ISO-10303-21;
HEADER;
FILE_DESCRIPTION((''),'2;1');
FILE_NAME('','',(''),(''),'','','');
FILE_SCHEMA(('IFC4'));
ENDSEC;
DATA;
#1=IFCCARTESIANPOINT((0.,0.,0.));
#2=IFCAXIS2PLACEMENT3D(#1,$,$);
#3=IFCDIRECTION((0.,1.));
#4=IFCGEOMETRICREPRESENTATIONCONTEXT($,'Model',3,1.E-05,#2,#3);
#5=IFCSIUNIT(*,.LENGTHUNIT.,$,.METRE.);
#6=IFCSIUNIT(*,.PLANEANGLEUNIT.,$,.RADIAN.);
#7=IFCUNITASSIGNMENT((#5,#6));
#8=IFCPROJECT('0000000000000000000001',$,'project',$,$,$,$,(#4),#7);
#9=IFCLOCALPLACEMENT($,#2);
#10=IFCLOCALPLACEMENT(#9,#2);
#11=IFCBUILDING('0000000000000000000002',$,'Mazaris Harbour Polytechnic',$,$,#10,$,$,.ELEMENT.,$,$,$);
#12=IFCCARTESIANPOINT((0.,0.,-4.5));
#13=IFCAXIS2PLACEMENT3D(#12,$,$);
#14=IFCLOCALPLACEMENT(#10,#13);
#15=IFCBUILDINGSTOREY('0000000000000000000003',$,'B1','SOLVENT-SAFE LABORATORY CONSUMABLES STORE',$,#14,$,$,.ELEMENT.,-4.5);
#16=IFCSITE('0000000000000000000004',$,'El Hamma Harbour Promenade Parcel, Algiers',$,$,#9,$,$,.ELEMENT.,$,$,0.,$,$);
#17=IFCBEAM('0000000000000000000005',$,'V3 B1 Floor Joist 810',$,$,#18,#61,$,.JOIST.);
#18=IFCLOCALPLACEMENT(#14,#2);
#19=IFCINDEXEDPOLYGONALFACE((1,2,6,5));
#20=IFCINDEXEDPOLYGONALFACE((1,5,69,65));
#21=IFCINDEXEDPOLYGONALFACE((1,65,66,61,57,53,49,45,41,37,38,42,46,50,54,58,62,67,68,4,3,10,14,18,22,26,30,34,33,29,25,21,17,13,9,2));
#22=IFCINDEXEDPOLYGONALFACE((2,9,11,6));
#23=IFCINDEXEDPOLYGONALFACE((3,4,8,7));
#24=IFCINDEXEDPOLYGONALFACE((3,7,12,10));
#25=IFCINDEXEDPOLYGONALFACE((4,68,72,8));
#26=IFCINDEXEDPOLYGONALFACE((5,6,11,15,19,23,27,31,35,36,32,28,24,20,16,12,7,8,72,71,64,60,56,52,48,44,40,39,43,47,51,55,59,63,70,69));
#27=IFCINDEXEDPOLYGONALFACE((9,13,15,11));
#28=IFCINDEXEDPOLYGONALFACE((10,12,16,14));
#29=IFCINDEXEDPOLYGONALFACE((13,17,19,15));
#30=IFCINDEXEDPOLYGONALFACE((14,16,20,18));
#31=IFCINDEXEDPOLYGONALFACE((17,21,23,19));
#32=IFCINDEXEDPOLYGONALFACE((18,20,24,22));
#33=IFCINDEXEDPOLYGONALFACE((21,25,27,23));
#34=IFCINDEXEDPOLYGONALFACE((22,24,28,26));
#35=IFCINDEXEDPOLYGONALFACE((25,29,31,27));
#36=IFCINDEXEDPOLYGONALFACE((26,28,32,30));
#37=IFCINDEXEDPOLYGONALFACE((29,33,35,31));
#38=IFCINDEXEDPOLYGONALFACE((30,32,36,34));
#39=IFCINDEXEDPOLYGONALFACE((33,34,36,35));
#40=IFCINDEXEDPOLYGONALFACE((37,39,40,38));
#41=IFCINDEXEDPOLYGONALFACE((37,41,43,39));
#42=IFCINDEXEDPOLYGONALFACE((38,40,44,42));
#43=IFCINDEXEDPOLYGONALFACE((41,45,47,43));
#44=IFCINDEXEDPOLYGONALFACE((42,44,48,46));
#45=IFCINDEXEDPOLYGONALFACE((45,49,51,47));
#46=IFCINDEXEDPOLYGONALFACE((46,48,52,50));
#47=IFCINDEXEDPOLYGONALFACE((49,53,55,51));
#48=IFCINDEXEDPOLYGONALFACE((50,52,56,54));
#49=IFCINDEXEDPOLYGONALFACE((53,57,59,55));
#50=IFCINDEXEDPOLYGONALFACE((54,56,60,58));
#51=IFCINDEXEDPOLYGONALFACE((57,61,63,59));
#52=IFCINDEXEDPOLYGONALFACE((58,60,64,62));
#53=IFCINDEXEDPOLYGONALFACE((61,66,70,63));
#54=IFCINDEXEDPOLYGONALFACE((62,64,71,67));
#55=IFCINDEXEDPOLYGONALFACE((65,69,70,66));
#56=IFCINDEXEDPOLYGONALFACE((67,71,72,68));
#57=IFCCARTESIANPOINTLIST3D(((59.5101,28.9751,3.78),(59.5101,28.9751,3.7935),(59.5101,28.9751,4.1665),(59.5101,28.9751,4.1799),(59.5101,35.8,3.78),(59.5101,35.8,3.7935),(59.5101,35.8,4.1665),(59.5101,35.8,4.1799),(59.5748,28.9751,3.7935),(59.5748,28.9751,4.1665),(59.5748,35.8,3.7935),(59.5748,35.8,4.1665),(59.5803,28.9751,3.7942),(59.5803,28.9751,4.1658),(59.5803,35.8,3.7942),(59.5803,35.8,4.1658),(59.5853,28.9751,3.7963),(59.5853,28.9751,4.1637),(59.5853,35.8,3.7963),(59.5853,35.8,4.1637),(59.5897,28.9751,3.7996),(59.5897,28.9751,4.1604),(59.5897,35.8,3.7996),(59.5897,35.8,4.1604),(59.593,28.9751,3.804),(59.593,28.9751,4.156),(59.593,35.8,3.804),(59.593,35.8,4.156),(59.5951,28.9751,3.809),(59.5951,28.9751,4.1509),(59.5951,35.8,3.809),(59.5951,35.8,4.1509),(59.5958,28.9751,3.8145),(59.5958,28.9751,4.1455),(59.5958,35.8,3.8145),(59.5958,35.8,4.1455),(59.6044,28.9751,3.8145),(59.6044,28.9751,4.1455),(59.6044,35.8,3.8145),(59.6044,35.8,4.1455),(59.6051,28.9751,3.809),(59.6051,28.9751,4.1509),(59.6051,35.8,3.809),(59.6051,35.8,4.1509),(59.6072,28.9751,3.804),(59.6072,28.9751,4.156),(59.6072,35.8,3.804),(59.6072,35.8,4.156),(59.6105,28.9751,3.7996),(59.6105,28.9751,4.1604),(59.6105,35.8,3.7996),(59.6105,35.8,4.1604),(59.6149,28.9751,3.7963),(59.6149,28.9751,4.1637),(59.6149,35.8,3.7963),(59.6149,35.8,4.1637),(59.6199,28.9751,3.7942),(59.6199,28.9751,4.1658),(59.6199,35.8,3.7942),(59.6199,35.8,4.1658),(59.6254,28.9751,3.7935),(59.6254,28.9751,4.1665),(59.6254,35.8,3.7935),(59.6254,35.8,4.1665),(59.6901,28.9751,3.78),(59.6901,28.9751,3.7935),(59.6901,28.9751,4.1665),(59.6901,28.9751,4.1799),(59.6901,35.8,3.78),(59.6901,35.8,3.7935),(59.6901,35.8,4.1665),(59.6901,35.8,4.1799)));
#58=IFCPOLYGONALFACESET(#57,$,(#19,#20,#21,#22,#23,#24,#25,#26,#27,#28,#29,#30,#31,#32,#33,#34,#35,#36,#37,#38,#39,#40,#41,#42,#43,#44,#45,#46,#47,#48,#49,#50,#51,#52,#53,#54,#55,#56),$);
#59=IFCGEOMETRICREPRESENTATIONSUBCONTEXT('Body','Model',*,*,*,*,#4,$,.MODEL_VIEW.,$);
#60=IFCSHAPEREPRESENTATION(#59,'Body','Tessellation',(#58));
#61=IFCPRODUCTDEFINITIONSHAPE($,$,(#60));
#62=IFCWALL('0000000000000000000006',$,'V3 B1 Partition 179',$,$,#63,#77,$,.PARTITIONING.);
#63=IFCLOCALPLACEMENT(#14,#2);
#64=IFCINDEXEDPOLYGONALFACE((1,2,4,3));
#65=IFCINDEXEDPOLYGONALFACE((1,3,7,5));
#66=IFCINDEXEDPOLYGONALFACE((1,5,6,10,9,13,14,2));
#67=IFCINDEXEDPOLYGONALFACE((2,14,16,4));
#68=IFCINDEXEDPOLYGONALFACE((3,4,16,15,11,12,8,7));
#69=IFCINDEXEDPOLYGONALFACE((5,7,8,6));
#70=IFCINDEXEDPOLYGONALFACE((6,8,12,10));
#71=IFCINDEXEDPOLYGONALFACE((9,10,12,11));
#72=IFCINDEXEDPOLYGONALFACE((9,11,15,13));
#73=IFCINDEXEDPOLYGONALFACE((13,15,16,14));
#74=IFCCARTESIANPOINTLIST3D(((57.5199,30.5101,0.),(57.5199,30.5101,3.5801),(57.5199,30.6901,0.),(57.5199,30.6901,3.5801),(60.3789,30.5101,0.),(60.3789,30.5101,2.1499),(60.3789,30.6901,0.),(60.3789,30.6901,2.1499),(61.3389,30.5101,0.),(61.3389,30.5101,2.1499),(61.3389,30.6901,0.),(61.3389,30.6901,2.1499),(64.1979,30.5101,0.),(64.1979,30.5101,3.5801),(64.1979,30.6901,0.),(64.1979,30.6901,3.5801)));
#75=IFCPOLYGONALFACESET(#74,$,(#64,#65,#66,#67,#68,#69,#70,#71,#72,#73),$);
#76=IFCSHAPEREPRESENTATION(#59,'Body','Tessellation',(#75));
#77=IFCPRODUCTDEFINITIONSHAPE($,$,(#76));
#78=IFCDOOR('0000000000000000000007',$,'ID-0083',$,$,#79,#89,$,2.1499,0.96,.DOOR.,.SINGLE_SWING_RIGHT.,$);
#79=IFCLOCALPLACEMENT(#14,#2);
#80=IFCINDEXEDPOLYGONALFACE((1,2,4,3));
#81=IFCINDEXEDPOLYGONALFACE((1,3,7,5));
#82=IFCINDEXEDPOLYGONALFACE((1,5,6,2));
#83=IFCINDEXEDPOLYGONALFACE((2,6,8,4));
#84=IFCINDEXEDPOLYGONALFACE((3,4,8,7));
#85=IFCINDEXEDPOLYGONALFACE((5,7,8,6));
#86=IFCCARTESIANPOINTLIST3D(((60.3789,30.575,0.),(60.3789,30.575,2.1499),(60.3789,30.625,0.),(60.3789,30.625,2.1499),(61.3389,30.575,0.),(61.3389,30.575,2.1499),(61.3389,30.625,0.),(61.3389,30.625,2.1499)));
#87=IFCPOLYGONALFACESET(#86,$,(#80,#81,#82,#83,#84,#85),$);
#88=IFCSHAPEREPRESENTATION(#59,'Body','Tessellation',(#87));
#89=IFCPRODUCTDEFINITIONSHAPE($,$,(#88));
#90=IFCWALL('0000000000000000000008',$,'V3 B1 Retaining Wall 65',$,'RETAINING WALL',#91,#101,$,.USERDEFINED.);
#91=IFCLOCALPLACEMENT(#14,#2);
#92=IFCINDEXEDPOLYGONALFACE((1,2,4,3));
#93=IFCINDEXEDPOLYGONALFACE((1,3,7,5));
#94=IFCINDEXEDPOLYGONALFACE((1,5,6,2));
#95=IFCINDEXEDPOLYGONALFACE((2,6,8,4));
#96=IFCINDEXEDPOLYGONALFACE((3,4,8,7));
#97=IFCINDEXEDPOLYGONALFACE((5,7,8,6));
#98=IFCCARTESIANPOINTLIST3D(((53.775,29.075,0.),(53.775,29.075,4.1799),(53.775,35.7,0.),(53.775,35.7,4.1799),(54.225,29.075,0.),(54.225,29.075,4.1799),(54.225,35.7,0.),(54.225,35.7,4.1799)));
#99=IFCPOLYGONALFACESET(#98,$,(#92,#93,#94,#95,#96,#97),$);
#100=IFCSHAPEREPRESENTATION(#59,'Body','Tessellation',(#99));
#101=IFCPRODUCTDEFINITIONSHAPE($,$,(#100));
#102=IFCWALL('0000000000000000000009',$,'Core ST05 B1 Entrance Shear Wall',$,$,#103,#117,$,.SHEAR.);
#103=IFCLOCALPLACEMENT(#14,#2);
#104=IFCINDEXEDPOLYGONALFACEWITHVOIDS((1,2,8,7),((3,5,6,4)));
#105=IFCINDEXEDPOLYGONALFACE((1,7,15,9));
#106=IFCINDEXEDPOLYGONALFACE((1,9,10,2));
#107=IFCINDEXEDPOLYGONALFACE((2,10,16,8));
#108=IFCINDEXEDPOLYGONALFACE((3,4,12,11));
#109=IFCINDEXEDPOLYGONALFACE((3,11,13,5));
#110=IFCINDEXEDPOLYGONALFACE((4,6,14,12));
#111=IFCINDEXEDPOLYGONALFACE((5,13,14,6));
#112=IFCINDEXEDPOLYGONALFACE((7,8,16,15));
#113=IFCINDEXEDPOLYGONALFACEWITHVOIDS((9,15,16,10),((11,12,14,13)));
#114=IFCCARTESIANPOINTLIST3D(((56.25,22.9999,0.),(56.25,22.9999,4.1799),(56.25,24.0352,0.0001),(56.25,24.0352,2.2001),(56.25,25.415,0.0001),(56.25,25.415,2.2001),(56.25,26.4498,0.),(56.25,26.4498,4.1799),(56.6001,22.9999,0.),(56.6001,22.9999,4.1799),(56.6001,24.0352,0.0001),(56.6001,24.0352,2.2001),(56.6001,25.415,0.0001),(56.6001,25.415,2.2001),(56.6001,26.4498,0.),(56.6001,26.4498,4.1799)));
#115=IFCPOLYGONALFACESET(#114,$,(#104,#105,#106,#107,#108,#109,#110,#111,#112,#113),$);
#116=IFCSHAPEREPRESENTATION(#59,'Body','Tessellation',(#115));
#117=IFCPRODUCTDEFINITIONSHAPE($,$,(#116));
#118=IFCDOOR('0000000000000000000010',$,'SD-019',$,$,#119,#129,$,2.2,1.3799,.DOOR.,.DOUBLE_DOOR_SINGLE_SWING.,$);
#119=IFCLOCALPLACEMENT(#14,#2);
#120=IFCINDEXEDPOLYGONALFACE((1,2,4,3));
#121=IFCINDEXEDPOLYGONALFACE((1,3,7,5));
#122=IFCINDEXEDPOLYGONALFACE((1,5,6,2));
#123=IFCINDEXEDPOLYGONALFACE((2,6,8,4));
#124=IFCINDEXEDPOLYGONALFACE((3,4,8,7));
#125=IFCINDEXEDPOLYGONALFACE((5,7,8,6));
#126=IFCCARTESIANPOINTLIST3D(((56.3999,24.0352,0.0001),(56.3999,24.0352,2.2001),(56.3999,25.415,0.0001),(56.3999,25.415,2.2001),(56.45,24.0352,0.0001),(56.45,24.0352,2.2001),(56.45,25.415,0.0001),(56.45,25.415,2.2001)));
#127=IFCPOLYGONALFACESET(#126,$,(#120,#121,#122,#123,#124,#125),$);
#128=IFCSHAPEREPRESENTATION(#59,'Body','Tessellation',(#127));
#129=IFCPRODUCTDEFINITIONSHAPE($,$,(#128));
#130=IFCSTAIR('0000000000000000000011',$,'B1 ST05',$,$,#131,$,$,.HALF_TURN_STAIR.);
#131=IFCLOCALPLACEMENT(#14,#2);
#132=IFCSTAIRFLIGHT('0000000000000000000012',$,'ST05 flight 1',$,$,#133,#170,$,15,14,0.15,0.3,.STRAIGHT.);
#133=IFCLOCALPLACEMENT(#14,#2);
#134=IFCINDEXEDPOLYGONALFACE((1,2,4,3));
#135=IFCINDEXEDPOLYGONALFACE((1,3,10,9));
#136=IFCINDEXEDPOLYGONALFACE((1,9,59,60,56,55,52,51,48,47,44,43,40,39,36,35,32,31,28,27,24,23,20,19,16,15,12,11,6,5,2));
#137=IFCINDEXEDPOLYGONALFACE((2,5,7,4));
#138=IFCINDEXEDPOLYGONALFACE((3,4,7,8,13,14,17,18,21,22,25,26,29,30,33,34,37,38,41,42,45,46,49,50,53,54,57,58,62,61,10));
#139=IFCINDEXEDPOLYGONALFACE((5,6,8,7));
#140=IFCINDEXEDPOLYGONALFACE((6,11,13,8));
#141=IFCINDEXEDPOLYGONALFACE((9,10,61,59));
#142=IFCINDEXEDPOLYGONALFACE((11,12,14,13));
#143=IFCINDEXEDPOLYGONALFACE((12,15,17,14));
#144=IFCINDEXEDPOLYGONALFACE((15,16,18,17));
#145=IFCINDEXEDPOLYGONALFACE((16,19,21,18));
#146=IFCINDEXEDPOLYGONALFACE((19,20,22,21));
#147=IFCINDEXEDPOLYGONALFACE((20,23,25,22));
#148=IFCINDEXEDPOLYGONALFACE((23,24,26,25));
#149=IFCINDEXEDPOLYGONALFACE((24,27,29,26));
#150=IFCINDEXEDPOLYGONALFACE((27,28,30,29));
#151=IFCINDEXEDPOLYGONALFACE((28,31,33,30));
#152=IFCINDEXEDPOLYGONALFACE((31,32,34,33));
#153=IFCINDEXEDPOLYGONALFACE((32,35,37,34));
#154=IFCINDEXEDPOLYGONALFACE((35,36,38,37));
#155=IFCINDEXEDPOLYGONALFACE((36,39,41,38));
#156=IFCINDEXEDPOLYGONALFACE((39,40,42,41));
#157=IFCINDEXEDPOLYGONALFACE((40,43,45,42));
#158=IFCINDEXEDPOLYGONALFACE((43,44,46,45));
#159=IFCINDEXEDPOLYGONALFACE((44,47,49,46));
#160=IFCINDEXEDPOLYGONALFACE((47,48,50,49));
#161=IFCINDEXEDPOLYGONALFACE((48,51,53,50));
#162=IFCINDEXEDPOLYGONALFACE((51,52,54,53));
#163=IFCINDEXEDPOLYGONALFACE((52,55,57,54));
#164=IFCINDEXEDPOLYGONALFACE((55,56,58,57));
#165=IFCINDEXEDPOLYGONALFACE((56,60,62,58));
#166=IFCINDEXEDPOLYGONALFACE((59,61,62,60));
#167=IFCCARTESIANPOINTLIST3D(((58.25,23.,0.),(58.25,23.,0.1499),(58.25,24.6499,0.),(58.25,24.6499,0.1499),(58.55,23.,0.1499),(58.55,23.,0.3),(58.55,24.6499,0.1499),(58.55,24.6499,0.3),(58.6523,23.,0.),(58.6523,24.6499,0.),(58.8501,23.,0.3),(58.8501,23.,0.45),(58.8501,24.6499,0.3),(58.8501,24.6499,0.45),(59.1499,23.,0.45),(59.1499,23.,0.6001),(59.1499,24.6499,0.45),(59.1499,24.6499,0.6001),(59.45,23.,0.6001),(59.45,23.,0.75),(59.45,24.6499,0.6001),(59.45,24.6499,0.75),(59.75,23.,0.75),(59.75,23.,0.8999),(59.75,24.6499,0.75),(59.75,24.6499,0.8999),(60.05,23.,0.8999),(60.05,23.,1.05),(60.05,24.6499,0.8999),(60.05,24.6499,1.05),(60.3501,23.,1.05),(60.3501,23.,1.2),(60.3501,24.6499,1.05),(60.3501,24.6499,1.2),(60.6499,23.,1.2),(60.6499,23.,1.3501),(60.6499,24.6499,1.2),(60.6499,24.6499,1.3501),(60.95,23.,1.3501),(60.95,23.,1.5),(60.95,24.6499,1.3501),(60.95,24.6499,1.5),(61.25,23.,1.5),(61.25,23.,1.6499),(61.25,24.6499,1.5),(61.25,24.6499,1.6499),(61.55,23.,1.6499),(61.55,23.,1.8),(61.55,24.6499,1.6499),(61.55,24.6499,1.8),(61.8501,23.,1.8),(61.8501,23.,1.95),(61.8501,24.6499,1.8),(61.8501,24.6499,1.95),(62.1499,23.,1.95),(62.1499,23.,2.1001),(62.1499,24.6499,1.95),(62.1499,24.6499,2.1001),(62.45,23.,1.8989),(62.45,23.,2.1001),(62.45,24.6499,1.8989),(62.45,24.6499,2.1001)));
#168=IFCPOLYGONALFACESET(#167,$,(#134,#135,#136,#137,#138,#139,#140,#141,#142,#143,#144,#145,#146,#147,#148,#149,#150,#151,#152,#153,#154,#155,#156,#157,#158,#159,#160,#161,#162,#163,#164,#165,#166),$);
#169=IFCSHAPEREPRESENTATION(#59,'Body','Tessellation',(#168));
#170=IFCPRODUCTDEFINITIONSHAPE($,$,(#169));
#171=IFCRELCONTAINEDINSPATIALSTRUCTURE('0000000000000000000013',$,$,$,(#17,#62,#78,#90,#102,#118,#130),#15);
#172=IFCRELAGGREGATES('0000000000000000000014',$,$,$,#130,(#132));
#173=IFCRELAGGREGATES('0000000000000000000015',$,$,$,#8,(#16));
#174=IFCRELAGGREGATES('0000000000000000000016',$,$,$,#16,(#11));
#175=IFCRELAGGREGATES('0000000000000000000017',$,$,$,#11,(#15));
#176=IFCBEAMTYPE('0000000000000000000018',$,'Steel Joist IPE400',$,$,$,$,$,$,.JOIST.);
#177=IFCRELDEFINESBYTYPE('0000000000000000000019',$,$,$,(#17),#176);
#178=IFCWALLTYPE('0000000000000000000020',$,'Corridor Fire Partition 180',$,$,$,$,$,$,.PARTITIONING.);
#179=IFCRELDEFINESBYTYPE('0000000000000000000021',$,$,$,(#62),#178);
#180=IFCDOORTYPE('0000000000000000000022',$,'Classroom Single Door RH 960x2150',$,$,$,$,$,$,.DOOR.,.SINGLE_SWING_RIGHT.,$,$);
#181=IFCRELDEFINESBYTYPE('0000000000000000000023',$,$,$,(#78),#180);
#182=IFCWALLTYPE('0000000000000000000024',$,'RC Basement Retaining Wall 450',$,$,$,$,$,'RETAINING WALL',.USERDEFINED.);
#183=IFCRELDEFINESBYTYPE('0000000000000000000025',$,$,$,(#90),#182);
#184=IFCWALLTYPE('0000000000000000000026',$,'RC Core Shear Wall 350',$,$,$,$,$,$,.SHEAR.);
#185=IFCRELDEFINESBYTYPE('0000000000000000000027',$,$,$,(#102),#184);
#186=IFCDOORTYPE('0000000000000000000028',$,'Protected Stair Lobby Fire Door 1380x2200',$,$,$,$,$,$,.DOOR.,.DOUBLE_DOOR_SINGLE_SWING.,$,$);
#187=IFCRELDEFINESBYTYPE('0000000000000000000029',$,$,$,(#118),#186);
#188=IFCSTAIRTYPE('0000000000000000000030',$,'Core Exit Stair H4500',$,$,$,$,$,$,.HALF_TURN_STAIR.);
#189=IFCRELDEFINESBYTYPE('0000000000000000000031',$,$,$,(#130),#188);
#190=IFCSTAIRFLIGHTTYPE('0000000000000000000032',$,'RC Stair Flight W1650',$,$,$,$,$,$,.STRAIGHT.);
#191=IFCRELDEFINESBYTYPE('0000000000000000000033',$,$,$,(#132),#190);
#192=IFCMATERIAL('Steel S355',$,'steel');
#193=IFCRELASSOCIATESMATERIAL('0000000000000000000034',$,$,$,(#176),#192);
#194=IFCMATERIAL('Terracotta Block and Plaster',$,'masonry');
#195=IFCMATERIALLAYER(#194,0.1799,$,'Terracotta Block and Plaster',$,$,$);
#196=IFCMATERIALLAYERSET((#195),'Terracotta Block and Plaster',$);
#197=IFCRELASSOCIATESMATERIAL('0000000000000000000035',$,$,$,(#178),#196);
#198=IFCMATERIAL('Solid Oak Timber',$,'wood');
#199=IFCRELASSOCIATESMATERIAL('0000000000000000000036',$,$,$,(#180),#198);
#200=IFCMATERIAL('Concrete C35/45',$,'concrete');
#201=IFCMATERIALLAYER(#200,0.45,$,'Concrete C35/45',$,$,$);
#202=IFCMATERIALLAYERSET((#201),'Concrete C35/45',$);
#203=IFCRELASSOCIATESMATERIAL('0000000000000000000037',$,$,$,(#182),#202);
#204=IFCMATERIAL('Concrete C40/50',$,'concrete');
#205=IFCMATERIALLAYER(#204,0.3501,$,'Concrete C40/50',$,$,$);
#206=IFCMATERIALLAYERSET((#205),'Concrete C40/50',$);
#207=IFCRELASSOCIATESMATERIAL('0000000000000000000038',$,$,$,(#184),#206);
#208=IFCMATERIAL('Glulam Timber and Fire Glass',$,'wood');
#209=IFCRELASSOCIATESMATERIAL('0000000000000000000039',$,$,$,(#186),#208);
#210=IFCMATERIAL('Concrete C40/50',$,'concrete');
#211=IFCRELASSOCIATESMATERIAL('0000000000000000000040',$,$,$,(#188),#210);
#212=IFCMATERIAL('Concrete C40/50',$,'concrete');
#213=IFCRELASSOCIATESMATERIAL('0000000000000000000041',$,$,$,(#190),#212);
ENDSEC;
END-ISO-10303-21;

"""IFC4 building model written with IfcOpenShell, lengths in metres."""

from ifc_helpers import new_model, si_unit, direction, frame, frame_2d, origin, origin_2d, place, context, subcontext, project, spatial, polyline, rectangle, i_section, outline, extrude, material, layer, layer_set, material_profile, profile_set, type_object, element, fill, aggregate, save


model = new_model("IFC4")

# Units and contexts
model_context = context("Model", 3, precision=1e-05, world=origin(), true_north=direction((0.0, 1.0)))
body_context = subcontext(model_context, "Body", "Model", "MODEL_VIEW")
ifc_project = project(units=[si_unit("LENGTHUNIT", "METRE"), si_unit("PLANEANGLEUNIT", "RADIAN")], contexts=[model_context])

# Site, building, storey
site_placement = place(None, origin())
site = spatial("IfcSite", under=ifc_project, at=site_placement, Name="El Hamma Harbour Promenade Parcel, Algiers", CompositionType="ELEMENT", RefElevation=0.0)
building_placement = place(site_placement, origin())
building = spatial("IfcBuilding", under=site, at=building_placement, Name="Mazaris Harbour Polytechnic", CompositionType="ELEMENT")
storey_placement = place(building_placement, frame((0.0, 0.0, -4.5)))
storey = spatial("IfcBuildingStorey", under=building, at=storey_placement, Name="B1", Description="SOLVENT-SAFE LABORATORY CONSUMABLES STORE", CompositionType="ELEMENT", Elevation=-4.5)

# Beam
ifc_material_1 = material(Name="Steel S355", Category="steel")
ifc_material_profile_1 = material_profile(ifc_material_1, i_section(OverallWidth=0.1799, OverallDepth=0.3999, WebThickness=0.0085, FlangeThickness=0.0134, FilletRadius=0.021, at=origin_2d()), Name="IPE 400")
ifc_profile_set_1 = profile_set([ifc_material_profile_1], Name="Steel S355")
beam_type_1 = type_object("IfcBeamType", Name="Steel Joist IPE400", PredefinedType="JOIST", material=ifc_profile_set_1)
beam_1_placement = place(storey_placement, frame((59.6001, 28.9751, 3.98), z_axis=(0.0, 1.0, 0.0), x_axis=(-1.0, 0.0, 0.0)))
element("IfcBeam", 1, at=beam_1_placement, inside=storey, type_object=beam_type_1, Name="V3 B1 Floor Joist 810", PredefinedType="JOIST", context=body_context, shape_type="SweptSolid", body=[
    extrude(i_section(OverallWidth=0.1799, OverallDepth=0.3999, WebThickness=0.0085, FlangeThickness=0.0134, FilletRadius=0.021, at=origin_2d()), origin(), (0.0, 0.0, 1.0), 6.825),
])

# Wall, opening, door
ifc_material_2 = material(Name="Terracotta Block and Plaster", Category="masonry")
ifc_layer_1 = layer(ifc_material_2, 0.1799, Name="Terracotta Block and Plaster")
ifc_layer_set_1 = layer_set([ifc_layer_1], Name="Terracotta Block and Plaster")
wall_type_1 = type_object("IfcWallType", Name="Corridor Fire Partition 180", PredefinedType="PARTITIONING", material=ifc_layer_set_1)
wall_1_placement = place(storey_placement, frame((57.52, 30.6001, 0.0), z_axis=(0.0, 0.0, 1.0), x_axis=(1.0, 0.0, 0.0)))
wall_1 = element("IfcWall", 2, at=wall_1_placement, inside=storey, type_object=wall_type_1, Name="V3 B1 Partition 179", PredefinedType="PARTITIONING", context=body_context, shape_type="SweptSolid", body=[
    extrude(rectangle(XDim=6.678, YDim=0.1799, at=frame_2d((3.3389, 0.0))), origin(), (0.0, 0.0, 1.0), 3.5801),
])
opening_1_placement = place(wall_1_placement, frame((2.8589, 0.0, 0.0)))
opening_1 = element("IfcOpeningElement", 3, at=opening_1_placement, cuts=wall_1, PredefinedType="OPENING", context=body_context, shape_type="SweptSolid", body=[
    extrude(rectangle(XDim=0.96, YDim=2.1499, at=frame_2d((0.48, 1.075))), frame((0.0, 0.0999, 0.0), z_axis=(0.0, -1.0, 0.0), x_axis=(1.0, 0.0, 0.0)), (0.0, 0.0, 1.0), 0.2),
])
ifc_material_3 = material(Name="Solid Oak Timber", Category="wood")
door_type_1 = type_object("IfcDoorType", Name="Classroom Single Door RH 960x2150", OperationType="SINGLE_SWING_RIGHT", PredefinedType="DOOR", material=ifc_material_3)
door_1_placement = place(opening_1_placement, origin())
door_1 = element("IfcDoor", 4, at=door_1_placement, inside=storey, type_object=door_type_1, Name="ID-0083", OperationType="SINGLE_SWING_RIGHT", OverallHeight=2.1499, OverallWidth=0.96, PredefinedType="DOOR", context=body_context, shape_type="SweptSolid", body=[
    extrude(rectangle(XDim=0.96, YDim=2.1499, at=frame_2d((0.48, 1.075))), frame((0.0, 0.0249, 0.0), z_axis=(0.0, -1.0, 0.0), x_axis=(1.0, 0.0, 0.0)), (0.0, 0.0, 1.0), 0.05),
])
fill(opening_1, door_1)

# Wall
ifc_material_4 = material(Name="Concrete C35/45", Category="concrete")
ifc_layer_2 = layer(ifc_material_4, 0.45, Name="Concrete C35/45")
ifc_layer_set_2 = layer_set([ifc_layer_2], Name="Concrete C35/45")
wall_type_2 = type_object("IfcWallType", Name="RC Basement Retaining Wall 450", ElementType="RETAINING WALL", PredefinedType="USERDEFINED", material=ifc_layer_set_2)
wall_2_placement = place(storey_placement, frame((54.0, 29.075, 0.0), z_axis=(0.0, 0.0, 1.0), x_axis=(0.0, 1.0, 0.0)))
element("IfcWall", 5, at=wall_2_placement, inside=storey, type_object=wall_type_2, Name="V3 B1 Retaining Wall 65", ObjectType="RETAINING WALL", PredefinedType="USERDEFINED", context=body_context, shape_type="SweptSolid", body=[
    extrude(rectangle(XDim=6.625, YDim=0.45, at=frame_2d((3.3125, 0.0))), origin(), (0.0, 0.0, 1.0), 4.1799),
])

# Wall, opening, door
ifc_material_5 = material(Name="Concrete C40/50", Category="concrete")
ifc_layer_3 = layer(ifc_material_5, 0.3501, Name="Concrete C40/50")
ifc_layer_set_3 = layer_set([ifc_layer_3], Name="Concrete C40/50")
wall_type_3 = type_object("IfcWallType", Name="RC Core Shear Wall 350", PredefinedType="SHEAR", material=ifc_layer_set_3)
wall_3_placement = place(storey_placement, frame((56.425, 26.45, 0.0), z_axis=(0.0, 0.0, 1.0), x_axis=(0.0, -1.0, 0.0)))
wall_3 = element("IfcWall", 6, at=wall_3_placement, inside=storey, type_object=wall_type_3, Name="Core ST05 B1 Entrance Shear Wall", PredefinedType="SHEAR", context=body_context, shape_type="SweptSolid", body=[
    extrude(rectangle(XDim=3.45, YDim=0.3501, at=frame_2d((1.7251, 0.0))), origin(), (0.0, 0.0, 1.0), 4.1799),
])
opening_2_placement = place(wall_3_placement, frame((1.0349, 0.0, 0.0)))
opening_2 = element("IfcOpeningElement", 7, at=opening_2_placement, cuts=wall_3, PredefinedType="OPENING", context=body_context, shape_type="SweptSolid", body=[
    extrude(rectangle(XDim=1.3799, YDim=2.2, at=frame_2d((0.6899, 1.1001))), frame((0.0, 0.1851, 0.0), z_axis=(0.0, -1.0, 0.0), x_axis=(1.0, 0.0, 0.0)), (0.0, 0.0, 1.0), 0.3701),
])
ifc_material_6 = material(Name="Glulam Timber and Fire Glass", Category="wood")
door_type_2 = type_object("IfcDoorType", Name="Protected Stair Lobby Fire Door 1380x2200", OperationType="DOUBLE_DOOR_SINGLE_SWING", PredefinedType="DOOR", material=ifc_material_6)
door_2_placement = place(opening_2_placement, origin())
door_2 = element("IfcDoor", 8, at=door_2_placement, inside=storey, type_object=door_type_2, Name="SD-019", OperationType="DOUBLE_DOOR_SINGLE_SWING", OverallHeight=2.2, OverallWidth=1.3799, PredefinedType="DOOR", context=body_context, shape_type="SweptSolid", body=[
    extrude(rectangle(XDim=1.3799, YDim=2.2, at=frame_2d((0.6899, 1.1001))), frame((0.0, 0.0249, 0.0), z_axis=(0.0, -1.0, 0.0), x_axis=(1.0, 0.0, 0.0)), (0.0, 0.0, 1.0), 0.05),
])
fill(opening_2, door_2)

# Stair, stair flight
ifc_material_7 = material(Name="Concrete C40/50", Category="concrete")
stair_type = type_object("IfcStairType", Name="Core Exit Stair H4500", PredefinedType="HALF_TURN_STAIR", material=ifc_material_7)
stair_placement = place(storey_placement, origin())
stair = element("IfcStair", 9, at=stair_placement, inside=storey, type_object=stair_type, Name="B1 ST05", PredefinedType="HALF_TURN_STAIR")
ifc_material_8 = material(Name="Concrete C40/50", Category="concrete")
stair_flight_type = type_object("IfcStairFlightType", Name="RC Stair Flight W1650", PredefinedType="STRAIGHT", material=ifc_material_8)
stair_flight_placement = place(storey_placement, frame((58.25, 23.825, 0.0), z_axis=(0.0, 0.0, 1.0), x_axis=(1.0, 0.0, 0.0)))
stair_flight = element("IfcStairFlight", 10, at=stair_flight_placement, type_object=stair_flight_type, Name="ST05 flight 1", NumberOfRisers=15, NumberOfTreads=14, PredefinedType="STRAIGHT", RiserHeight=0.15, TreadLength=0.3, context=body_context, shape_type="SweptSolid", body=[
    extrude(outline(polyline([(0.0, 0.0), (0.0, 0.1499), (0.3, 0.1499), (0.3, 0.3), (0.6001, 0.3), (0.6001, 0.45), (0.8999, 0.45), (0.8999, 0.6001), (1.2, 0.6001), (1.2, 0.75), (1.5, 0.75), (1.5, 0.8999), (1.8, 0.8999), (1.8, 1.05), (2.1001, 1.05), (2.1001, 1.2), (2.3999, 1.2), (2.3999, 1.3501), (2.7, 1.3501), (2.7, 1.5), (3.0, 1.5), (3.0, 1.6499), (3.3, 1.6499), (3.3, 1.8), (3.6001, 1.8), (3.6001, 1.95), (3.8999, 1.95), (3.8999, 2.1001), (4.2, 2.1001), (4.2, 2.25), (4.2, 1.8989), (0.4023, 0.0), (0.0, 0.0)])), frame((0.0, 0.825, 0.0), z_axis=(0.0, -1.0, 0.0), x_axis=(1.0, 0.0, 0.0)), (0.0, 0.0, 1.0), 1.6499),
])
aggregate(stair, [stair_flight])

save(model, "model.ifc")
